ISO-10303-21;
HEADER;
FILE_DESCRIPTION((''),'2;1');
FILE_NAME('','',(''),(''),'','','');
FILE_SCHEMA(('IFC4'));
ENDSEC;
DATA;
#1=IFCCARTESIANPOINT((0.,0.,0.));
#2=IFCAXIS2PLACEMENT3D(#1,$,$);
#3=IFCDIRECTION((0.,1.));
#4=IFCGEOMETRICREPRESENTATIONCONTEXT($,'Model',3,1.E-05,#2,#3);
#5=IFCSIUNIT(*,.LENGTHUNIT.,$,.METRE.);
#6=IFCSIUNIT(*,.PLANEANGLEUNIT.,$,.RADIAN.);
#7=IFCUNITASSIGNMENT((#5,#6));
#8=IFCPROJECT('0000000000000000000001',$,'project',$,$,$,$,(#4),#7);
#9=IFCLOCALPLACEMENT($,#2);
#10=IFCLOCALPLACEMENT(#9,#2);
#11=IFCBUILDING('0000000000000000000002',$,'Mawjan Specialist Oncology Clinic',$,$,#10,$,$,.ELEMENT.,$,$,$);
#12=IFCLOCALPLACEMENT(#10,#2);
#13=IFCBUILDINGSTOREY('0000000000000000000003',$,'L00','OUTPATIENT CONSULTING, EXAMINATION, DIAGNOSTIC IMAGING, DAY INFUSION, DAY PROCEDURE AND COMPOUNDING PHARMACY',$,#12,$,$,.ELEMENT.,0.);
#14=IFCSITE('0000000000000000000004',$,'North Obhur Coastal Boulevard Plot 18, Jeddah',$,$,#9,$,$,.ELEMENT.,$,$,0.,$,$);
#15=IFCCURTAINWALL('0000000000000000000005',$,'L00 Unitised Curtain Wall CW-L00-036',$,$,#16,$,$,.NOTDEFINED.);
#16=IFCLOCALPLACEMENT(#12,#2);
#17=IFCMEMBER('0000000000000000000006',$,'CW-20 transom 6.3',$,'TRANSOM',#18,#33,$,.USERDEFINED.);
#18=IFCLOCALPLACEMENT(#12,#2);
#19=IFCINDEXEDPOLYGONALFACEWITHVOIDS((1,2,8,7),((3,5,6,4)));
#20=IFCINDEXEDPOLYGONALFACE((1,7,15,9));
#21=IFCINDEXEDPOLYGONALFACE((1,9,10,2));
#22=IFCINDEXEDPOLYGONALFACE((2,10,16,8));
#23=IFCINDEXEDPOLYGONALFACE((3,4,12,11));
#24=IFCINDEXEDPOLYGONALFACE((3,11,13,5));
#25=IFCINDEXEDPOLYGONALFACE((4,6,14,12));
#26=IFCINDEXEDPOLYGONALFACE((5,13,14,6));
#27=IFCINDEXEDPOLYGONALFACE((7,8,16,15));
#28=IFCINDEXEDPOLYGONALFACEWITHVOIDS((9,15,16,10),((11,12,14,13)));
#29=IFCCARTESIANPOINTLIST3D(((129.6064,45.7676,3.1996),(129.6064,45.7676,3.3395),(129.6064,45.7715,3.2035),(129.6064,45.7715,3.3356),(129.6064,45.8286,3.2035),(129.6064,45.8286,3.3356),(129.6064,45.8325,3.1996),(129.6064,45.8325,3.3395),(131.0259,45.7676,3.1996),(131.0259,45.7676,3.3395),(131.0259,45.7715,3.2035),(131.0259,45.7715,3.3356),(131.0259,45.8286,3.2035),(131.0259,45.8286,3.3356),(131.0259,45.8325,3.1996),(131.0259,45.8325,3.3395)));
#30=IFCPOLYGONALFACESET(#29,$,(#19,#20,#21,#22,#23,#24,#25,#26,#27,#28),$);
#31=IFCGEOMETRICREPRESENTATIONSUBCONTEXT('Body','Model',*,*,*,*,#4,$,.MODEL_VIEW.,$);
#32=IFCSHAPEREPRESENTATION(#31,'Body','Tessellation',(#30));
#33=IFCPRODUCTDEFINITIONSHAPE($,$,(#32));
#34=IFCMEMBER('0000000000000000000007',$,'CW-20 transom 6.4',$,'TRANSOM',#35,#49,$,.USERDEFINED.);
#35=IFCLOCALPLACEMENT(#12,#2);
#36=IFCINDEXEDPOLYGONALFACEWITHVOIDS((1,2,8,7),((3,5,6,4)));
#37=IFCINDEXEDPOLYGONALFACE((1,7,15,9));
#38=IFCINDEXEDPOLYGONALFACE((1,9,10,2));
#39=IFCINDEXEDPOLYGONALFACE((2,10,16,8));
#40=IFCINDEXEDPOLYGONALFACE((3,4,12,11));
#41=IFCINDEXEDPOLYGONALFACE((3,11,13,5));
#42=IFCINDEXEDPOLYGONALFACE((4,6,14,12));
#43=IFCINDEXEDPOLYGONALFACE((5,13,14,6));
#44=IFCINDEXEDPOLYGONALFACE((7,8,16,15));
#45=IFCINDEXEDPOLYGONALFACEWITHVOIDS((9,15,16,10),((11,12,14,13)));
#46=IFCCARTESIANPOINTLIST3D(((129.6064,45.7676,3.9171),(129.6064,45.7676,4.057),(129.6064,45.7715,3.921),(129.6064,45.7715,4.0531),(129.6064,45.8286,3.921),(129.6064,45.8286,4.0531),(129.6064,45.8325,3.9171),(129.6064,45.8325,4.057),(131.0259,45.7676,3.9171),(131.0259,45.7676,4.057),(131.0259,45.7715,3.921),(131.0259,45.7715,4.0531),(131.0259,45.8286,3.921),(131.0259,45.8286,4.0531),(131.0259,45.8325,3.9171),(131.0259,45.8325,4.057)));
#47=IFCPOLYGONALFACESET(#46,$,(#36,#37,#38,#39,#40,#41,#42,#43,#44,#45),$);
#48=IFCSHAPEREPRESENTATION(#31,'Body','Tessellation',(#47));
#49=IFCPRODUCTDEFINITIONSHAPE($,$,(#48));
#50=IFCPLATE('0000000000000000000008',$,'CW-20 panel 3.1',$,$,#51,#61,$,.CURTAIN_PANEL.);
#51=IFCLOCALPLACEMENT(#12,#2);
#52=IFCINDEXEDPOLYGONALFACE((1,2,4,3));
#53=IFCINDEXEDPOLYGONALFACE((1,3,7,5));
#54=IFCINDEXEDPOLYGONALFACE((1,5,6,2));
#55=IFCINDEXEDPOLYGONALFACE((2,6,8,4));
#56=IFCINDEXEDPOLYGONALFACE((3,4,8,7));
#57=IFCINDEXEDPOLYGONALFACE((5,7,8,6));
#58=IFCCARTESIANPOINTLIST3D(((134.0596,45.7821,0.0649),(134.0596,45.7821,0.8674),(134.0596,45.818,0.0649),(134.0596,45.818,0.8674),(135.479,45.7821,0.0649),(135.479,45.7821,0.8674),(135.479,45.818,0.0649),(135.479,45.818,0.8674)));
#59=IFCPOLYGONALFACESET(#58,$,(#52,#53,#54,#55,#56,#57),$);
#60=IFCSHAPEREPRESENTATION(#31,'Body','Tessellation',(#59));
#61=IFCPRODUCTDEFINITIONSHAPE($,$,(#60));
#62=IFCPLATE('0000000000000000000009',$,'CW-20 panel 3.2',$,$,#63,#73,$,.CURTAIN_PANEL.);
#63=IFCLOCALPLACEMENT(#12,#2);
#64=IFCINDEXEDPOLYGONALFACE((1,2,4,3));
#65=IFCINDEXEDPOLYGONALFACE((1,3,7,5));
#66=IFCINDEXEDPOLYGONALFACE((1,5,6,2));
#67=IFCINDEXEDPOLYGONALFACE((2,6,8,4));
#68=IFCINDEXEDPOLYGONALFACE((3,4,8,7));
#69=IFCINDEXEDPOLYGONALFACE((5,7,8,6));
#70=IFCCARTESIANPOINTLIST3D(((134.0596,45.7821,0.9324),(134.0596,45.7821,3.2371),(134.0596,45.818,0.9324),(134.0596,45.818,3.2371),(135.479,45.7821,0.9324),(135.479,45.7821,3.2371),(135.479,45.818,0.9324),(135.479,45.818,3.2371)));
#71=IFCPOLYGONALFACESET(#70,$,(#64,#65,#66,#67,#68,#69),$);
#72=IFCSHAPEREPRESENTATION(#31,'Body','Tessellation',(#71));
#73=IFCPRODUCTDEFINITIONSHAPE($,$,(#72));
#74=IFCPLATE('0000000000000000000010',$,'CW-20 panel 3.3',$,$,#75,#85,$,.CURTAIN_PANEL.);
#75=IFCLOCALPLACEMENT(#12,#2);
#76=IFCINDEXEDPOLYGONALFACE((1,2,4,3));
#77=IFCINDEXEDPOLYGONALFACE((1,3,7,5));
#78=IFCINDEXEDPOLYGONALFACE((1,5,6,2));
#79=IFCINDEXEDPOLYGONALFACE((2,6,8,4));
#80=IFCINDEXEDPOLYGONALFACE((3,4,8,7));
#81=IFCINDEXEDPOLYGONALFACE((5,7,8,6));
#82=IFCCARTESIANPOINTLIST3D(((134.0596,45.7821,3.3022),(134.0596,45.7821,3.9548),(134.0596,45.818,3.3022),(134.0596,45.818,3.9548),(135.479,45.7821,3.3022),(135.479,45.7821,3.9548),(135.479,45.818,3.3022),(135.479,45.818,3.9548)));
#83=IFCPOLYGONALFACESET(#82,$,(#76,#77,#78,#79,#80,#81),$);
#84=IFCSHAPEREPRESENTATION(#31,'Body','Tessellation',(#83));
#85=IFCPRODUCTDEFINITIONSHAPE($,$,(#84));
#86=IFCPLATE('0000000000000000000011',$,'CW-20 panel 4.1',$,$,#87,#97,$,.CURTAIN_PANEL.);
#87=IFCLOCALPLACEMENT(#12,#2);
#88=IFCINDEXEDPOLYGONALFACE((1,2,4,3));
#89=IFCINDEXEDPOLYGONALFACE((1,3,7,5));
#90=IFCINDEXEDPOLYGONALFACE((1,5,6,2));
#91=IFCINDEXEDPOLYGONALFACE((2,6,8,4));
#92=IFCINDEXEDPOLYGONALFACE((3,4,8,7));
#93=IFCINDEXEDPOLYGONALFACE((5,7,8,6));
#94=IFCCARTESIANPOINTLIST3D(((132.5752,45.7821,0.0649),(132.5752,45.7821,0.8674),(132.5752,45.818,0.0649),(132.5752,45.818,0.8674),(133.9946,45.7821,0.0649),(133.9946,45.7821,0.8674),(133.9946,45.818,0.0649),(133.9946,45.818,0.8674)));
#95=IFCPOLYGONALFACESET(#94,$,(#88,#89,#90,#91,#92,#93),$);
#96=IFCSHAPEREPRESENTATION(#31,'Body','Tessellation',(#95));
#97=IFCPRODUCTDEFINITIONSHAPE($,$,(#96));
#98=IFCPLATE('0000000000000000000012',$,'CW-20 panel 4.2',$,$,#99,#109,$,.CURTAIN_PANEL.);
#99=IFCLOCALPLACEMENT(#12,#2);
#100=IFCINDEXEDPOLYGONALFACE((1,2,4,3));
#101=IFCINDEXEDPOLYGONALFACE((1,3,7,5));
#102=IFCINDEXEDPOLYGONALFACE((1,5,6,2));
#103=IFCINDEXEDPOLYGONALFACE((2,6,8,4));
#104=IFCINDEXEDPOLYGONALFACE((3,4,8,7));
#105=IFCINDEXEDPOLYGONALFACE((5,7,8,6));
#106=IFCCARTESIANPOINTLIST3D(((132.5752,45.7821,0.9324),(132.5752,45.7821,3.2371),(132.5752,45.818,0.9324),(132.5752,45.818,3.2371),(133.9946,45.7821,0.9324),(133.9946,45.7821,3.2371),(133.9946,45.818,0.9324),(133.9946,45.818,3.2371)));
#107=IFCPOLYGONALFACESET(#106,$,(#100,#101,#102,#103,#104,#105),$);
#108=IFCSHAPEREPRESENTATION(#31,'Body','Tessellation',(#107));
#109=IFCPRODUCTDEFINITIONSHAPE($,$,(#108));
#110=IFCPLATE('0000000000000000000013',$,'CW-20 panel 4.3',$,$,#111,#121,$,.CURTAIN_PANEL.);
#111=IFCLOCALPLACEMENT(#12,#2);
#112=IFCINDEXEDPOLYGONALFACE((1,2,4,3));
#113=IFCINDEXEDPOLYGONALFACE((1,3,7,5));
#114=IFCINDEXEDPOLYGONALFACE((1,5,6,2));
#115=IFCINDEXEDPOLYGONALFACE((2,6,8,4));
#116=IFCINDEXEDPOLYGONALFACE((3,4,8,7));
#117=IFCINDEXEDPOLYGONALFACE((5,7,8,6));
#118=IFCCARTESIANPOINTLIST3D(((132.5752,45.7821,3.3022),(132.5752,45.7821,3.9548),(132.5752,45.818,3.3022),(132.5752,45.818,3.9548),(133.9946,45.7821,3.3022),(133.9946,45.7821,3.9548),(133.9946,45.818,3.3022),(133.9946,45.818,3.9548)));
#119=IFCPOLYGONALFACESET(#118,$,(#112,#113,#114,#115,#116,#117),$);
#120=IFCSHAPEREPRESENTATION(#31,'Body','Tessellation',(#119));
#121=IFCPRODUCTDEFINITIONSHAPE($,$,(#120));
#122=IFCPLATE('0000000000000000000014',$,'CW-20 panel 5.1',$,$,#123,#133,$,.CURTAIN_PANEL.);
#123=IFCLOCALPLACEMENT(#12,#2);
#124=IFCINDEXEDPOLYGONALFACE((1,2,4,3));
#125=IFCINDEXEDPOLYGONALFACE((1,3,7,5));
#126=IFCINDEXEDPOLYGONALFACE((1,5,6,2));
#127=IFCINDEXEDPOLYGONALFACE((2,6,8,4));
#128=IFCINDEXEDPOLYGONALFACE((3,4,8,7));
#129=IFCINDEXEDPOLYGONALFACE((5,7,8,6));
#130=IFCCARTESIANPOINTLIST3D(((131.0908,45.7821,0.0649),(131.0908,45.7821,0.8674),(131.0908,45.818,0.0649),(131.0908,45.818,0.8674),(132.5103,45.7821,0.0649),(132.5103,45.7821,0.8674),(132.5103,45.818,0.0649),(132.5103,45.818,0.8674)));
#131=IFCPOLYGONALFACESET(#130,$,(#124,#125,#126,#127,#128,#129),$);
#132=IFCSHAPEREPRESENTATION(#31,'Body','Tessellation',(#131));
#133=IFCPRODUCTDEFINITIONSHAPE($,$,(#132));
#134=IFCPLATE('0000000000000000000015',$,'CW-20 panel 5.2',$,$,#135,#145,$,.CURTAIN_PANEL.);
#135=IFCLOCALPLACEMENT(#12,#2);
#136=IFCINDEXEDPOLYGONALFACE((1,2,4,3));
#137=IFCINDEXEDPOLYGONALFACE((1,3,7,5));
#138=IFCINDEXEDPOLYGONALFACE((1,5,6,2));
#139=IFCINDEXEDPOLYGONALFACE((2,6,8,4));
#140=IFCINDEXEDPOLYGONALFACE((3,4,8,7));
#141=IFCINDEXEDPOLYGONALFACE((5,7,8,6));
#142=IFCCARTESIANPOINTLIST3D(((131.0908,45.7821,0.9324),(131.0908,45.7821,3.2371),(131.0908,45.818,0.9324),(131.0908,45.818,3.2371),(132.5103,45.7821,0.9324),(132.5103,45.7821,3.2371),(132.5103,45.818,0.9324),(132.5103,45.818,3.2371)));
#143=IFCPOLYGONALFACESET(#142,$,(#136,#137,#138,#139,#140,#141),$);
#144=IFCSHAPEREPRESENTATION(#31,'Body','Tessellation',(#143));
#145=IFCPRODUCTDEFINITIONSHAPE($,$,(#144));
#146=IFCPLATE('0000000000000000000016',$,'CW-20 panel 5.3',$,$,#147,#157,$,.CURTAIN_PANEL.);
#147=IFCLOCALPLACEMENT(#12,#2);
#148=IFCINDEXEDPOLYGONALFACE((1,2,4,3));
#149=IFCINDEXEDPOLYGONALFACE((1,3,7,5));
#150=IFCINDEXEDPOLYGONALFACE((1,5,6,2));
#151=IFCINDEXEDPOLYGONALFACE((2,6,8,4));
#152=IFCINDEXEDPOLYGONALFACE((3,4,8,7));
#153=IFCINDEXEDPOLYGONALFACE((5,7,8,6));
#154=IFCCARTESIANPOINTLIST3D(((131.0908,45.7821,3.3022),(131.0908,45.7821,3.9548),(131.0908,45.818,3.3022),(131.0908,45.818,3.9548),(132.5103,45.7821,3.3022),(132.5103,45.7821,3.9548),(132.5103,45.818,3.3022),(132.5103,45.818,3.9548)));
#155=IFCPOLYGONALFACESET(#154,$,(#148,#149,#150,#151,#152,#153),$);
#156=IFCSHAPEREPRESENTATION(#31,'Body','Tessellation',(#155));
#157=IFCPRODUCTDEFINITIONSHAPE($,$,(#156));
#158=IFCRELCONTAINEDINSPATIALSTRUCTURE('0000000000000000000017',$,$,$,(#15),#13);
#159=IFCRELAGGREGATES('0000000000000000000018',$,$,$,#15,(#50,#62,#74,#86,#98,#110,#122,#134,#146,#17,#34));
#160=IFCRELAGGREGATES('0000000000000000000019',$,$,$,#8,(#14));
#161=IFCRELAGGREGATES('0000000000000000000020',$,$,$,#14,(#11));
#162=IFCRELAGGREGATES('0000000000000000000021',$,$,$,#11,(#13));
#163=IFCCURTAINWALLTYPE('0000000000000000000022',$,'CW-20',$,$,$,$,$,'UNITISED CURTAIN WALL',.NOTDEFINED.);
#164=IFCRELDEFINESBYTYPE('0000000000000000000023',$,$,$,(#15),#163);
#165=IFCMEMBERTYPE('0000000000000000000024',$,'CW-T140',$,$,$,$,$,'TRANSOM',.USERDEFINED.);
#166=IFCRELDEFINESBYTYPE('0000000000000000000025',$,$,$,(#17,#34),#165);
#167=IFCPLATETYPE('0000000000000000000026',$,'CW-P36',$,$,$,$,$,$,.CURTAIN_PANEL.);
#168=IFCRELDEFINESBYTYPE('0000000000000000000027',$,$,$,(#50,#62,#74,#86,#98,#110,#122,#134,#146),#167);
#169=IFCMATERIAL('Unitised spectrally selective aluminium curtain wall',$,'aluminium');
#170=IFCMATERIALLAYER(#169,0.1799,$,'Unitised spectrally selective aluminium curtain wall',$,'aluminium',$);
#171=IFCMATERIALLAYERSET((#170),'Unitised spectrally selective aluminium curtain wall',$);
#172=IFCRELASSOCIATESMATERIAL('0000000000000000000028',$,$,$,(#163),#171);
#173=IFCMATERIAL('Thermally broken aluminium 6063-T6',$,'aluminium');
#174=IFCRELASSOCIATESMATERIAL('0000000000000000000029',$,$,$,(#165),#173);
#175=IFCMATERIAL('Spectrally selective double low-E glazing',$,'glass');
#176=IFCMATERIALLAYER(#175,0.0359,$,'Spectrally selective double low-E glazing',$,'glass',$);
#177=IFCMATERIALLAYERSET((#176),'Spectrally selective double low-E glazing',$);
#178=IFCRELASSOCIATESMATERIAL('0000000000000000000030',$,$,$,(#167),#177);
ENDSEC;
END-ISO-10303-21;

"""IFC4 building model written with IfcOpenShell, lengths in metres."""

from ifc_helpers import new_model, si_unit, direction, frame, origin, origin_2d, place, context, subcontext, project, spatial, rectangle, hollow_rectangle, extrude, material, layer, layer_set, material_profile, profile_set, type_object, element, aggregate, save


model = new_model("IFC4")

# Units and contexts
model_context = context("Model", 3, precision=1e-05, world=origin(), true_north=direction((0.0, 1.0)))
body_context = subcontext(model_context, "Body", "Model", "MODEL_VIEW")
ifc_project = project(units=[si_unit("LENGTHUNIT", "METRE"), si_unit("PLANEANGLEUNIT", "RADIAN")], contexts=[model_context])

# Site, building, storey
site_placement = place(None, origin())
site = spatial("IfcSite", under=ifc_project, at=site_placement, Name="North Obhur Coastal Boulevard Plot 18, Jeddah", CompositionType="ELEMENT", RefElevation=0.0)
building_placement = place(site_placement, origin())
building = spatial("IfcBuilding", under=site, at=building_placement, Name="Mawjan Specialist Oncology Clinic", CompositionType="ELEMENT")
storey_placement = place(building_placement, origin())
storey = spatial("IfcBuildingStorey", under=building, at=storey_placement, Name="L00", Description="OUTPATIENT CONSULTING, EXAMINATION, DIAGNOSTIC IMAGING, DAY INFUSION, DAY PROCEDURE AND COMPOUNDING PHARMACY", CompositionType="ELEMENT", Elevation=0.0)

# Curtain wall, members, plates
ifc_material_1 = material(Name="Unitised spectrally selective aluminium curtain wall", Category="aluminium")
ifc_layer_1 = layer(ifc_material_1, 0.1799, Name="Unitised spectrally selective aluminium curtain wall", Category="aluminium")
ifc_layer_set_1 = layer_set([ifc_layer_1], Name="Unitised spectrally selective aluminium curtain wall")
curtain_wall_type = type_object("IfcCurtainWallType", Name="CW-20", ElementType="UNITISED CURTAIN WALL", PredefinedType="NOTDEFINED", material=ifc_layer_set_1)
curtain_wall_placement = place(storey_placement, origin())
curtain_wall = element("IfcCurtainWall", 1, at=curtain_wall_placement, inside=storey, type_object=curtain_wall_type, Name="L00 Unitised Curtain Wall CW-L00-036", PredefinedType="NOTDEFINED")
ifc_material_2 = material(Name="Thermally broken aluminium 6063-T6", Category="aluminium")
ifc_material_profile_1 = material_profile(ifc_material_2, hollow_rectangle(XDim=0.0649, YDim=0.1399, WallThickness=0.0039, at=origin_2d()), Name="ALU TRANSOM 140x65x4", Category="aluminium")
ifc_profile_set_1 = profile_set([ifc_material_profile_1], Name="Thermally broken aluminium 6063-T6")
member_type_1 = type_object("IfcMemberType", Name="CW-T140", ElementType="TRANSOM", PredefinedType="USERDEFINED", material=ifc_profile_set_1)
member_1_placement = place(storey_placement, frame((131.0259, 45.8, 3.2695), z_axis=(-1.0, 0.0, 0.0), x_axis=(0.0, -1.0, 0.0)))
member_1 = element("IfcMember", 2, at=member_1_placement, type_object=member_type_1, Name="CW-20 transom 6.3", ObjectType="TRANSOM", PredefinedType="USERDEFINED", context=body_context, shape_type="SweptSolid", body=[
    extrude(hollow_rectangle(XDim=0.0649, YDim=0.1399, WallThickness=0.0039, at=origin_2d()), origin(), (0.0, 0.0, 1.0), 1.4194),
])
member_2_placement = place(storey_placement, frame((131.0259, 45.8, 3.9871), z_axis=(-1.0, 0.0, 0.0), x_axis=(0.0, -1.0, 0.0)))
member_2 = element("IfcMember", 3, at=member_2_placement, type_object=member_type_1, Name="CW-20 transom 6.4", ObjectType="TRANSOM", PredefinedType="USERDEFINED", context=body_context, shape_type="SweptSolid", body=[
    extrude(hollow_rectangle(XDim=0.0649, YDim=0.1399, WallThickness=0.0039, at=origin_2d()), origin(), (0.0, 0.0, 1.0), 1.4194),
])
ifc_material_3 = material(Name="Spectrally selective double low-E glazing", Category="glass")
ifc_layer_2 = layer(ifc_material_3, 0.0359, Name="Spectrally selective double low-E glazing", Category="glass")
ifc_layer_set_2 = layer_set([ifc_layer_2], Name="Spectrally selective double low-E glazing")
plate_type = type_object("IfcPlateType", Name="CW-P36", PredefinedType="CURTAIN_PANEL", material=ifc_layer_set_2)
plate_1_placement = place(storey_placement, frame((134.7693, 45.8, 0.0649), z_axis=(0.0, 0.0, 1.0), x_axis=(-1.0, 0.0, 0.0)))
plate_1 = element("IfcPlate", 4, at=plate_1_placement, type_object=plate_type, Name="CW-20 panel 3.1", PredefinedType="CURTAIN_PANEL", context=body_context, shape_type="SweptSolid", body=[
    extrude(rectangle(XDim=1.4194, YDim=0.0359, at=origin_2d()), origin(), (0.0, 0.0, 1.0), 0.8025),
])
plate_2_placement = place(storey_placement, frame((134.7693, 45.8, 0.9324), z_axis=(0.0, 0.0, 1.0), x_axis=(-1.0, 0.0, 0.0)))
plate_2 = element("IfcPlate", 5, at=plate_2_placement, type_object=plate_type, Name="CW-20 panel 3.2", PredefinedType="CURTAIN_PANEL", context=body_context, shape_type="SweptSolid", body=[
    extrude(rectangle(XDim=1.4194, YDim=0.0359, at=origin_2d()), origin(), (0.0, 0.0, 1.0), 2.3047),
])
plate_3_placement = place(storey_placement, frame((134.7693, 45.8, 3.3022), z_axis=(0.0, 0.0, 1.0), x_axis=(-1.0, 0.0, 0.0)))
plate_3 = element("IfcPlate", 6, at=plate_3_placement, type_object=plate_type, Name="CW-20 panel 3.3", PredefinedType="CURTAIN_PANEL", context=body_context, shape_type="SweptSolid", body=[
    extrude(rectangle(XDim=1.4194, YDim=0.0359, at=origin_2d()), origin(), (0.0, 0.0, 1.0), 0.6526),
])
plate_4_placement = place(storey_placement, frame((133.2849, 45.8, 0.0649), z_axis=(0.0, 0.0, 1.0), x_axis=(-1.0, 0.0, 0.0)))
plate_4 = element("IfcPlate", 7, at=plate_4_placement, type_object=plate_type, Name="CW-20 panel 4.1", PredefinedType="CURTAIN_PANEL", context=body_context, shape_type="SweptSolid", body=[
    extrude(rectangle(XDim=1.4194, YDim=0.0359, at=origin_2d()), origin(), (0.0, 0.0, 1.0), 0.8025),
])
plate_5_placement = place(storey_placement, frame((133.2849, 45.8, 0.9324), z_axis=(0.0, 0.0, 1.0), x_axis=(-1.0, 0.0, 0.0)))
plate_5 = element("IfcPlate", 8, at=plate_5_placement, type_object=plate_type, Name="CW-20 panel 4.2", PredefinedType="CURTAIN_PANEL", context=body_context, shape_type="SweptSolid", body=[
    extrude(rectangle(XDim=1.4194, YDim=0.0359, at=origin_2d()), origin(), (0.0, 0.0, 1.0), 2.3047),
])
plate_6_placement = place(storey_placement, frame((133.2849, 45.8, 3.3022), z_axis=(0.0, 0.0, 1.0), x_axis=(-1.0, 0.0, 0.0)))
plate_6 = element("IfcPlate", 9, at=plate_6_placement, type_object=plate_type, Name="CW-20 panel 4.3", PredefinedType="CURTAIN_PANEL", context=body_context, shape_type="SweptSolid", body=[
    extrude(rectangle(XDim=1.4194, YDim=0.0359, at=origin_2d()), origin(), (0.0, 0.0, 1.0), 0.6526),
])
plate_7_placement = place(storey_placement, frame((131.8005, 45.8, 0.0649), z_axis=(0.0, 0.0, 1.0), x_axis=(-1.0, 0.0, 0.0)))
plate_7 = element("IfcPlate", 10, at=plate_7_placement, type_object=plate_type, Name="CW-20 panel 5.1", PredefinedType="CURTAIN_PANEL", context=body_context, shape_type="SweptSolid", body=[
    extrude(rectangle(XDim=1.4194, YDim=0.0359, at=origin_2d()), origin(), (0.0, 0.0, 1.0), 0.8025),
])
plate_8_placement = place(storey_placement, frame((131.8005, 45.8, 0.9324), z_axis=(0.0, 0.0, 1.0), x_axis=(-1.0, 0.0, 0.0)))
plate_8 = element("IfcPlate", 11, at=plate_8_placement, type_object=plate_type, Name="CW-20 panel 5.2", PredefinedType="CURTAIN_PANEL", context=body_context, shape_type="SweptSolid", body=[
    extrude(rectangle(XDim=1.4194, YDim=0.0359, at=origin_2d()), origin(), (0.0, 0.0, 1.0), 2.3047),
])
plate_9_placement = place(storey_placement, frame((131.8005, 45.8, 3.3022), z_axis=(0.0, 0.0, 1.0), x_axis=(-1.0, 0.0, 0.0)))
plate_9 = element("IfcPlate", 12, at=plate_9_placement, type_object=plate_type, Name="CW-20 panel 5.3", PredefinedType="CURTAIN_PANEL", context=body_context, shape_type="SweptSolid", body=[
    extrude(rectangle(XDim=1.4194, YDim=0.0359, at=origin_2d()), origin(), (0.0, 0.0, 1.0), 0.6526),
])
aggregate(curtain_wall, [plate_1, plate_2, plate_3, plate_4, plate_5, plate_6, plate_7, plate_8, plate_9, member_1, member_2])

save(model, "model.ifc")
